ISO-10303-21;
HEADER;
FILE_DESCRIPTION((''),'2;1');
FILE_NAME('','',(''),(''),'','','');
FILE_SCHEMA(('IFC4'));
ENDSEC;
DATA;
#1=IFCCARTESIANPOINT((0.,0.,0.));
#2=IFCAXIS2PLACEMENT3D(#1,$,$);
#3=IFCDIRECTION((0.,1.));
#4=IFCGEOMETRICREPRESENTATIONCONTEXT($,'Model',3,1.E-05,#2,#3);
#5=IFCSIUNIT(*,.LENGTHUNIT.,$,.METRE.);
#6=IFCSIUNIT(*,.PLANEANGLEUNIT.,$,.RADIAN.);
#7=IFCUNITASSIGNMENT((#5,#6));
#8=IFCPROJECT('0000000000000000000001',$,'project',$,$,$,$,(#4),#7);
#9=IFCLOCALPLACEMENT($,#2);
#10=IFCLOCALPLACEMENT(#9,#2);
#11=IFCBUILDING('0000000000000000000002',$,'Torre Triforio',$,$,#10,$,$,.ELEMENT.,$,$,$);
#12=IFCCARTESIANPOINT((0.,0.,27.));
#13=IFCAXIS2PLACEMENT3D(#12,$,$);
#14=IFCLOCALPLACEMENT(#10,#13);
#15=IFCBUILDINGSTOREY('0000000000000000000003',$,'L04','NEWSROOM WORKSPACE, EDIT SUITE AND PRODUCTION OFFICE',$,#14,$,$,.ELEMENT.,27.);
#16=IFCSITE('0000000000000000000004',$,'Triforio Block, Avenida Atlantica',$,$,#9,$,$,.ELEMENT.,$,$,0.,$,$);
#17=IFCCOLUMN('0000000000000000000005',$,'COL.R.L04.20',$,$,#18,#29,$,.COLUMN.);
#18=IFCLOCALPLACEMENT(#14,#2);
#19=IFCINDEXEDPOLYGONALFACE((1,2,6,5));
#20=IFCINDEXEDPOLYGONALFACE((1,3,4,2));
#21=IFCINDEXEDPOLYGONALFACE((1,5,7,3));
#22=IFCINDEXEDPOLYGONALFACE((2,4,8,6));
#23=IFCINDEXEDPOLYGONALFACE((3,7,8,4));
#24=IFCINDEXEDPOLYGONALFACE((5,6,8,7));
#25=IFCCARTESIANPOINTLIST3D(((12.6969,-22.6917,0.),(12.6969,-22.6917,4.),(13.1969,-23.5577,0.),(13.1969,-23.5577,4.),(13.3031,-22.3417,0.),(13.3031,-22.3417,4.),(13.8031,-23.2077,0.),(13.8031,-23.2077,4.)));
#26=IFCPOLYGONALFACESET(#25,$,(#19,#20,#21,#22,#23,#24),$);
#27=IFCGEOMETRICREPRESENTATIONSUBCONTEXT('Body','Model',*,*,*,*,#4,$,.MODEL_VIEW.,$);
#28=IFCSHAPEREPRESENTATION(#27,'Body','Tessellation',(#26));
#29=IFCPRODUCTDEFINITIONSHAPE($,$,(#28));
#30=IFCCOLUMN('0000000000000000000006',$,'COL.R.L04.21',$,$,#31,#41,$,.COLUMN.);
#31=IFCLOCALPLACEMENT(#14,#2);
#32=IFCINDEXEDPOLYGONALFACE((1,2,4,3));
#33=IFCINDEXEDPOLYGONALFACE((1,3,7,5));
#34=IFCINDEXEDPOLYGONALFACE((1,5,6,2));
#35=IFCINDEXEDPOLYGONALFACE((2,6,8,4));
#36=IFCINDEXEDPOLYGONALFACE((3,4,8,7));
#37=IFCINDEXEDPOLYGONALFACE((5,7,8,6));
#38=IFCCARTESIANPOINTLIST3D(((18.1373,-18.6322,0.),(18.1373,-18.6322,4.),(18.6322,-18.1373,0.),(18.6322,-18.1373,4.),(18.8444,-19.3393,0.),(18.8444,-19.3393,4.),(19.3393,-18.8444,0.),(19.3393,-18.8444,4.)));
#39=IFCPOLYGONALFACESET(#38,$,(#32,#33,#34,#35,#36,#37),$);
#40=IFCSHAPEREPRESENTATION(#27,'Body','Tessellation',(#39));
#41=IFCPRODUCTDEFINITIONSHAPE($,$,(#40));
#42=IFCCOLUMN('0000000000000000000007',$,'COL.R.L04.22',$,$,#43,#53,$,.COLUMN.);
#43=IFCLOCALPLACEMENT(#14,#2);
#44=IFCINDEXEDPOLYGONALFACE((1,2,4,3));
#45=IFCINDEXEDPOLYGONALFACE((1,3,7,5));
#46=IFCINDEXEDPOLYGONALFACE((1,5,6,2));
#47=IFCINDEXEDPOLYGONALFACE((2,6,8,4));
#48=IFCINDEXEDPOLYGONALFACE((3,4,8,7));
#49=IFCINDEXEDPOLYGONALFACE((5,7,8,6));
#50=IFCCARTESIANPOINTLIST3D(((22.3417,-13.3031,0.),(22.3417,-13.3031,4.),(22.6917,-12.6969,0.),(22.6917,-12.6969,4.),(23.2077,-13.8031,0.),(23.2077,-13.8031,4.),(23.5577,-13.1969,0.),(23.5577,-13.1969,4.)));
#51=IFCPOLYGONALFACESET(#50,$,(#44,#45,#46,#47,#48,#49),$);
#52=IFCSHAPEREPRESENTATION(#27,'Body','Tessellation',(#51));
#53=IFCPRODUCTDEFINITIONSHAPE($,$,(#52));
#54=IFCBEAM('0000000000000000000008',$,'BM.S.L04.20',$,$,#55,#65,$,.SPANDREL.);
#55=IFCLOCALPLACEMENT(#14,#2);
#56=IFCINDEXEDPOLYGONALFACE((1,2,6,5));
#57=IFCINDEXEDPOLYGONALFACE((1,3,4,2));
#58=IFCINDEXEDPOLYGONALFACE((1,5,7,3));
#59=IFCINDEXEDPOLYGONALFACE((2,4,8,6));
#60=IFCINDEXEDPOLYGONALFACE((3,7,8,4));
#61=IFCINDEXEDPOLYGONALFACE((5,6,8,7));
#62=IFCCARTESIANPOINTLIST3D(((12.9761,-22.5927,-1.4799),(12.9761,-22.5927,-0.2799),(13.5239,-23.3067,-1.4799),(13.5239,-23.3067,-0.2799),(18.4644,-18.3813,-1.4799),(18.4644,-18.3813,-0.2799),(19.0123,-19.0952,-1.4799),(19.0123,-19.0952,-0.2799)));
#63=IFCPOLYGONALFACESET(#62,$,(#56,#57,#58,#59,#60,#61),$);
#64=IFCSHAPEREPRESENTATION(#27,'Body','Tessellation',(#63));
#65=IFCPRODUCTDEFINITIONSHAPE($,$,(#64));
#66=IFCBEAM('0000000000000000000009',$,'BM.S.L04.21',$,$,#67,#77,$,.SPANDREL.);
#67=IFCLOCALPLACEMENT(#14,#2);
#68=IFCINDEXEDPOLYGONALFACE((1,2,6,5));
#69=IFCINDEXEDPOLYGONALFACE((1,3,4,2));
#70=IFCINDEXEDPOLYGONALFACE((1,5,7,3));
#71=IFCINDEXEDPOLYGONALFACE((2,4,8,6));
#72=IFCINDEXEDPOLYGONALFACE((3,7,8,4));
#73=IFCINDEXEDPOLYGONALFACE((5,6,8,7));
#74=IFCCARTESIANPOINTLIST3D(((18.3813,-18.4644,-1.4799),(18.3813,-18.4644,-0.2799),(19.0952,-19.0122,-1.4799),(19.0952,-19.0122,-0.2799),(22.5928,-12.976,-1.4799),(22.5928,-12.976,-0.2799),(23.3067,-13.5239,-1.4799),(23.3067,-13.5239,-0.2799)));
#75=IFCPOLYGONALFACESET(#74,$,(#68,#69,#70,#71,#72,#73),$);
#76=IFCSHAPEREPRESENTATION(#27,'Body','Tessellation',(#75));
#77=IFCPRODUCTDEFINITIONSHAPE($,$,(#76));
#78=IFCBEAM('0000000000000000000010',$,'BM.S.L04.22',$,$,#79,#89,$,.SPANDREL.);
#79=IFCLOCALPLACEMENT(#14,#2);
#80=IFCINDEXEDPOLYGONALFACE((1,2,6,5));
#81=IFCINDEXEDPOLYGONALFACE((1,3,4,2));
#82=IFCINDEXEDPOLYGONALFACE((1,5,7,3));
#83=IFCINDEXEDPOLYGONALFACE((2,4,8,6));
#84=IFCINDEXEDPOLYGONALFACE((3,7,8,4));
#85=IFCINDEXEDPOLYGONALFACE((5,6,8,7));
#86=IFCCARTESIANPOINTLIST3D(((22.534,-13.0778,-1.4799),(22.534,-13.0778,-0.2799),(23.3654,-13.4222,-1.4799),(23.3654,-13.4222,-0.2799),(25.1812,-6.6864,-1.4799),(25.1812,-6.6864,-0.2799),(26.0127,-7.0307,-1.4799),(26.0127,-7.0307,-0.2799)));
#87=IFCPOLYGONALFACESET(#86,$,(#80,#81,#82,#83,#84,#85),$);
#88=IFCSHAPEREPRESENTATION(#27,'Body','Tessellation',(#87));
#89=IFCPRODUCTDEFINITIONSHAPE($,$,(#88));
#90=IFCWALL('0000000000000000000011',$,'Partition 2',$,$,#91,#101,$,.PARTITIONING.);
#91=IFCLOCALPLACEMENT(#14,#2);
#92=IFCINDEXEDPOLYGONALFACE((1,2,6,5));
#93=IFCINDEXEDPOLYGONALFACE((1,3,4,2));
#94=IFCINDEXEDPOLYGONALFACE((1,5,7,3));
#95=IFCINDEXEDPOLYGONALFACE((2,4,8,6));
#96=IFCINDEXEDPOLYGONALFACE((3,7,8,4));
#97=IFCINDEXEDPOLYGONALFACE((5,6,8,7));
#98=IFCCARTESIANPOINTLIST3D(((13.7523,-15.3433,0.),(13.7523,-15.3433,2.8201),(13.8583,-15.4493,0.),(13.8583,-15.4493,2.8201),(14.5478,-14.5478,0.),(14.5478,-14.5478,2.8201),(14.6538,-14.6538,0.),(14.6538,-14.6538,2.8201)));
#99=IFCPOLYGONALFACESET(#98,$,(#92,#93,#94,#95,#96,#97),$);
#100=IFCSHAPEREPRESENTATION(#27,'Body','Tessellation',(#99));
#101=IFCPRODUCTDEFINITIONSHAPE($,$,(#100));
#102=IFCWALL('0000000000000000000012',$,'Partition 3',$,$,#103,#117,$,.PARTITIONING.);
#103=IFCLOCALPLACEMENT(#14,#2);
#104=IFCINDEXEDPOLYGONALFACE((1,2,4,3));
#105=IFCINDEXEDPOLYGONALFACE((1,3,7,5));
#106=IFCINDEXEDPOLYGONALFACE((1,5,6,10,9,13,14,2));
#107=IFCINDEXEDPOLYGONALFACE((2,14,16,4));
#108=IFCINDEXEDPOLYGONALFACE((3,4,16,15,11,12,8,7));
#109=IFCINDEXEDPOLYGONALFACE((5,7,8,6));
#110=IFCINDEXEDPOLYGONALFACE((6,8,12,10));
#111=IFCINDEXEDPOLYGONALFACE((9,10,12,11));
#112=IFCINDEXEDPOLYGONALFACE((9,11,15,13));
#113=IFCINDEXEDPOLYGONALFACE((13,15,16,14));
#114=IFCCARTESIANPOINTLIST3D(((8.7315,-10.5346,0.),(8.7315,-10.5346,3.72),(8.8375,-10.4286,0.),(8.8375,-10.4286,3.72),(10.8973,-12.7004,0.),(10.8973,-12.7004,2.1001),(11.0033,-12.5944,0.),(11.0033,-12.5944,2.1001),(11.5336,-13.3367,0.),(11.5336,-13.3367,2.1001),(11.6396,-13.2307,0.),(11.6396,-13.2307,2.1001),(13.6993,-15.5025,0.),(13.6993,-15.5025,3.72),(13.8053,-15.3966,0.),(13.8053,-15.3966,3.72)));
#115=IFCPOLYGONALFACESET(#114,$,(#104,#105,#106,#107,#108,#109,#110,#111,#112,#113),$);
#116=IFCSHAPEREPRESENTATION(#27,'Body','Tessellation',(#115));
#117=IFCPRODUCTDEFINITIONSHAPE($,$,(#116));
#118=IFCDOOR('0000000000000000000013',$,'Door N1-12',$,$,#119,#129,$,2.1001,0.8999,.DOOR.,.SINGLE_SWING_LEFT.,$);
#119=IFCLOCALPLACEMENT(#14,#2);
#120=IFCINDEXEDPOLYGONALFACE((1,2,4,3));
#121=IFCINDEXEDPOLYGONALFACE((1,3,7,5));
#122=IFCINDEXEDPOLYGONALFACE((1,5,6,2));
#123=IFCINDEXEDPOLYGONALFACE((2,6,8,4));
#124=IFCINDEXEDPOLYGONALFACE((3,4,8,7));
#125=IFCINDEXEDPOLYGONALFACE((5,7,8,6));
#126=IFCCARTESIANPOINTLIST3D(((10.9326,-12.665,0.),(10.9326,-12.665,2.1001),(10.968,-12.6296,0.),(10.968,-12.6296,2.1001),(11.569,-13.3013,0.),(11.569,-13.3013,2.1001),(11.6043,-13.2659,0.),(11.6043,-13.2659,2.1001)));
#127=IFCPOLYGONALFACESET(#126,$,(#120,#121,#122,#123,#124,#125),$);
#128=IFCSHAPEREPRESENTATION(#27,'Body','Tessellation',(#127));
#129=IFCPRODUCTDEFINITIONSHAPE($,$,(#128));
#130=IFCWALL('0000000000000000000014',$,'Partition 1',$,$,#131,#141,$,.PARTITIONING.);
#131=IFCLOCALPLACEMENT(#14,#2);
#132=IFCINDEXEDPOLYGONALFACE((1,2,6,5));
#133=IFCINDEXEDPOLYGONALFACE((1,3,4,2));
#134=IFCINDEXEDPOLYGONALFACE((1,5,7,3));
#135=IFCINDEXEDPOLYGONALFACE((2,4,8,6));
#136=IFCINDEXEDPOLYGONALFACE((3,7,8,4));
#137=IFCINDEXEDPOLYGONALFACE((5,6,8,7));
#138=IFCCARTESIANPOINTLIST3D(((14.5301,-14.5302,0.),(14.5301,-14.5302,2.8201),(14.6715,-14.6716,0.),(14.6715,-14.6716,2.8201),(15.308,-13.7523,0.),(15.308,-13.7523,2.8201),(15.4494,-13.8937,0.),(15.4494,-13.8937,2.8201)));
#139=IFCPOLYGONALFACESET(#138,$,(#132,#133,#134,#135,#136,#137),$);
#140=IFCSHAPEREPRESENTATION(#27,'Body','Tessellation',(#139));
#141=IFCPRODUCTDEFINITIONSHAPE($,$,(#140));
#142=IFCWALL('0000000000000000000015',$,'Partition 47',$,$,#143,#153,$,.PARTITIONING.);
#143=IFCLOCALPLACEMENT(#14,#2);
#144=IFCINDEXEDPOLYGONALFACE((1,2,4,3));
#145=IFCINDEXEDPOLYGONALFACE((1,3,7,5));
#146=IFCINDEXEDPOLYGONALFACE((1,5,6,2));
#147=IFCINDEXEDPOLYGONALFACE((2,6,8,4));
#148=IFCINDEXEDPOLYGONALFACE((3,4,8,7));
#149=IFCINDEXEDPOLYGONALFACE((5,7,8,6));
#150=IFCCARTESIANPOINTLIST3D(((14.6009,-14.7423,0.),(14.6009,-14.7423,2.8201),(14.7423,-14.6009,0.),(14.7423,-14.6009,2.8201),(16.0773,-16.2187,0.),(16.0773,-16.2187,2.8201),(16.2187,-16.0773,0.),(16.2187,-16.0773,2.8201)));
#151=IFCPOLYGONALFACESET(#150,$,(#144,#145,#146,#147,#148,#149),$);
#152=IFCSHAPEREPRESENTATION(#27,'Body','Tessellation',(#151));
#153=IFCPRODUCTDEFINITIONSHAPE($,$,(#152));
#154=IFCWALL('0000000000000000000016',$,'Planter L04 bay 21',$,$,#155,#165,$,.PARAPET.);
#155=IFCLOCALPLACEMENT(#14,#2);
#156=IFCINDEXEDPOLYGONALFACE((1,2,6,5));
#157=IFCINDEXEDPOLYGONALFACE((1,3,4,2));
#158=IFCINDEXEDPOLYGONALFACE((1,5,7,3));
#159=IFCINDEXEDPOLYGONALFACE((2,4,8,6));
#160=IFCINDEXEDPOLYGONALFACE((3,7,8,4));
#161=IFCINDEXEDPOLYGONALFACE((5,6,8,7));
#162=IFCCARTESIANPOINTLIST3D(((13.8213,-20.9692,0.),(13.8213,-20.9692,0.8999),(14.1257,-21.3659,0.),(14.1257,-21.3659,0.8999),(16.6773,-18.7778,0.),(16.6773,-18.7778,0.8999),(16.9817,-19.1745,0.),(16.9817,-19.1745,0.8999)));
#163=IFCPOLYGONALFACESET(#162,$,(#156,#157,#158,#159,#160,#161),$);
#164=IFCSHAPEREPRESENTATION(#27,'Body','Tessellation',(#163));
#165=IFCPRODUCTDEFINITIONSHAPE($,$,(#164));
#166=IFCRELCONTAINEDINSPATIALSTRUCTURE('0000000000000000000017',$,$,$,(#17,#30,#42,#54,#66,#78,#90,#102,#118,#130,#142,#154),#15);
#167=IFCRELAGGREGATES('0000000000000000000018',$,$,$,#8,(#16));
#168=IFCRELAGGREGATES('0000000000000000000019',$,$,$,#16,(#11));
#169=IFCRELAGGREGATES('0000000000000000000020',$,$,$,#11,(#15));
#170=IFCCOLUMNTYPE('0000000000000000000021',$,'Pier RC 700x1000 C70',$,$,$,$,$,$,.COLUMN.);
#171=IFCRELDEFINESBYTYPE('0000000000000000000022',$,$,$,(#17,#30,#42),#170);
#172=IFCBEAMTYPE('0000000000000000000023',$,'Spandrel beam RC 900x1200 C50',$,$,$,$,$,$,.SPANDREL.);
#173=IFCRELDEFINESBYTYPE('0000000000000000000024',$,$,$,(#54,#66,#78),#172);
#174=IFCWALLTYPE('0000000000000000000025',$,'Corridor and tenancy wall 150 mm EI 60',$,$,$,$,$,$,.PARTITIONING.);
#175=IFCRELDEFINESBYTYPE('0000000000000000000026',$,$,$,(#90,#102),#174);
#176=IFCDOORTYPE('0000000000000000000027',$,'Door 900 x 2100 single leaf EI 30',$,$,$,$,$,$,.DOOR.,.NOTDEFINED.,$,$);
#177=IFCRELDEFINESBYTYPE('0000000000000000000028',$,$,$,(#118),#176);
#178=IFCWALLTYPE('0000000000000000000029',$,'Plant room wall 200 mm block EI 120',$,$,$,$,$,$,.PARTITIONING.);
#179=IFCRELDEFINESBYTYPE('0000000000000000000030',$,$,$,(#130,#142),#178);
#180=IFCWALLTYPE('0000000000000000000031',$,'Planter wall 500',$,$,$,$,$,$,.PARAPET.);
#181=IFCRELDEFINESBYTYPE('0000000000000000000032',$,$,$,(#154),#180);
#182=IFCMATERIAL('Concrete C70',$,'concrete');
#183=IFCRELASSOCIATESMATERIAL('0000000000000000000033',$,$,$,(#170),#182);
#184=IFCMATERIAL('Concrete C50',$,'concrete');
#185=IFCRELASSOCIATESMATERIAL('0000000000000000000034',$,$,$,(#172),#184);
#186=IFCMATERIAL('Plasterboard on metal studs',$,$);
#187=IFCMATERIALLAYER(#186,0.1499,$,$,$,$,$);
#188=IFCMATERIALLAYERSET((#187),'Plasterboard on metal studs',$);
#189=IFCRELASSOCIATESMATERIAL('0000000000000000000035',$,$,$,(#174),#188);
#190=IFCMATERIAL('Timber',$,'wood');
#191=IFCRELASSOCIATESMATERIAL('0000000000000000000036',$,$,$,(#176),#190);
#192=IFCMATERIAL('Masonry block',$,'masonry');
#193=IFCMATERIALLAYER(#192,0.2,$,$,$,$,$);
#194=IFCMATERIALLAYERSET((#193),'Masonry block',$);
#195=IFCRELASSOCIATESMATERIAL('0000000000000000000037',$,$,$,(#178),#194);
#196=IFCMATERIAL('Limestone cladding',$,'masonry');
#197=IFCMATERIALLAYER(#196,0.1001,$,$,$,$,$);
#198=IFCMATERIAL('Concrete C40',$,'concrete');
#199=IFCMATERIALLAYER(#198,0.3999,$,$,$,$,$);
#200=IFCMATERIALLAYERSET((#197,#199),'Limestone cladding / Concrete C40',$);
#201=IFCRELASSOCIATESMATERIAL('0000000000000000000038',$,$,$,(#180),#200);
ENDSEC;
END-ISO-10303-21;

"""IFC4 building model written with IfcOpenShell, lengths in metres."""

from ifc_helpers import new_model, si_unit, direction, frame, frame_2d, origin, origin_2d, place, context, subcontext, project, spatial, rectangle, extrude, material, layer, layer_set, material_profile, profile_set, type_object, element, fill, save


model = new_model("IFC4")

# Units and contexts
model_context = context("Model", 3, precision=1e-05, world=origin(), true_north=direction((0.0, 1.0)))
body_context = subcontext(model_context, "Body", "Model", "MODEL_VIEW")
ifc_project = project(units=[si_unit("LENGTHUNIT", "METRE"), si_unit("PLANEANGLEUNIT", "RADIAN")], contexts=[model_context])

# Site, building, storey
site_placement = place(None, origin())
site = spatial("IfcSite", under=ifc_project, at=site_placement, Name="Triforio Block, Avenida Atlantica", CompositionType="ELEMENT", RefElevation=0.0)
building_placement = place(site_placement, origin())
building = spatial("IfcBuilding", under=site, at=building_placement, Name="Torre Triforio", CompositionType="ELEMENT")
storey_placement = place(building_placement, frame((0.0, 0.0, 27.0)))
storey = spatial("IfcBuildingStorey", under=building, at=storey_placement, Name="L04", Description="NEWSROOM WORKSPACE, EDIT SUITE AND PRODUCTION OFFICE", CompositionType="ELEMENT", Elevation=27.0)

# Columns
ifc_material_1 = material(Name="Concrete C70", Category="concrete")
ifc_material_profile_1 = material_profile(ifc_material_1, rectangle(XDim=0.7, YDim=1.0, at=origin_2d()), Name="RC 700x1000")
ifc_profile_set_1 = profile_set([ifc_material_profile_1], Name="Concrete C70")
column_type = type_object("IfcColumnType", Name="Pier RC 700x1000 C70", PredefinedType="COLUMN", material=ifc_profile_set_1)
for number, where, z_axis, x_axis, name in (
    (1, (13.25, -22.9497, 0.0), (0.0, 0.0, 1.0), (0.866025, 0.5, 0.0), "COL.R.L04.20"),
    (2, (18.7383, -18.7383, 0.0), (0.0, 0.0, 1.0), (0.707107, 0.707107, 0.0), "COL.R.L04.21"),
    (3, (22.9497, -13.25, 0.0), (0.0, 0.0, 1.0), (0.5, 0.866025, 0.0), "COL.R.L04.22"),
):
    element("IfcColumn", number, at=place(storey_placement, frame(where, z_axis=z_axis, x_axis=x_axis)), inside=storey, type_object=column_type, Name=name, PredefinedType="COLUMN", context=body_context, shape_type="SweptSolid", body=[
        extrude(rectangle(XDim=0.7, YDim=1.0, at=origin_2d()), origin(), (0.0, 0.0, 1.0), 4.0),
    ])

# Beams
ifc_material_2 = material(Name="Concrete C50", Category="concrete")
ifc_material_profile_2 = material_profile(ifc_material_2, rectangle(XDim=0.8999, YDim=1.2, at=origin_2d()), Name="RC 900x1200")
ifc_profile_set_2 = profile_set([ifc_material_profile_2], Name="Concrete C50")
beam_type = type_object("IfcBeamType", Name="Spandrel beam RC 900x1200 C50", PredefinedType="SPANDREL", material=ifc_profile_set_2)
for number, where, z_axis, x_axis, name in (
    (4, (13.25, -22.9497, -0.8799), (0.793345, 0.608772, 0.0), (-0.608772, 0.793345, 0.0), "BM.S.L04.20"),
    (5, (18.7383, -18.7383, -0.8799), (0.608772, 0.793345, 0.0), (-0.793345, 0.608772, 0.0), "BM.S.L04.21"),
    (6, (22.9497, -13.25, -0.8799), (0.382662, 0.923888, 0.0), (-0.923888, 0.382662, 0.0), "BM.S.L04.22"),
):
    element("IfcBeam", number, at=place(storey_placement, frame(where, z_axis=z_axis, x_axis=x_axis)), inside=storey, type_object=beam_type, Name=name, PredefinedType="SPANDREL", context=body_context, shape_type="SweptSolid", body=[
        extrude(rectangle(XDim=0.8999, YDim=1.2, at=origin_2d()), origin(), (0.0, 0.0, 1.0), 6.918),
    ])

# Wall
ifc_material_3 = material(Name="Plasterboard on metal studs")
ifc_layer_1 = layer(ifc_material_3, 0.1499)
ifc_layer_set_1 = layer_set([ifc_layer_1], Name="Plasterboard on metal studs")
wall_type_1 = type_object("IfcWallType", Name="Corridor and tenancy wall 150 mm EI 60", PredefinedType="PARTITIONING", material=ifc_layer_set_1)
wall_1_placement = place(storey_placement, frame((14.6008, -14.6008, 0.0), z_axis=(0.0, 0.0, 1.0), x_axis=(-0.707107, -0.707107, 0.0)))
element("IfcWall", 7, at=wall_1_placement, inside=storey, type_object=wall_type_1, Name="Partition 2", PredefinedType="PARTITIONING", context=body_context, shape_type="SweptSolid", body=[
    extrude(rectangle(XDim=1.125, YDim=0.1499, at=frame_2d((0.5625, 0.0))), origin(), (0.0, 0.0, 1.0), 2.8201),
])

# Wall, opening, door
wall_2_placement = place(storey_placement, frame((13.7522, -15.4495, 0.0), z_axis=(0.0, 0.0, 1.0), x_axis=(-0.707089, 0.707124, 0.0)))
wall_2 = element("IfcWall", 8, at=wall_2_placement, inside=storey, type_object=wall_type_1, Name="Partition 3", PredefinedType="PARTITIONING", context=body_context, shape_type="SweptSolid", body=[
    extrude(rectangle(XDim=7.0256, YDim=0.1499, at=frame_2d((3.5127, 0.0))), origin(), (0.0, 0.0, 1.0), 3.72),
])
opening_1_placement = place(wall_2_placement, frame((3.0627, 0.0, 0.0)))
opening_1 = element("IfcOpeningElement", 9, at=opening_1_placement, cuts=wall_2, PredefinedType="OPENING", context=body_context, shape_type="SweptSolid", body=[
    extrude(rectangle(XDim=0.8999, YDim=2.1001, at=frame_2d((0.45, 1.05))), frame((0.0, 0.085, 0.0), z_axis=(0.0, -1.0, 0.0), x_axis=(1.0, 0.0, 0.0)), (0.0, 0.0, 1.0), 0.1699),
])
ifc_material_4 = material(Name="Timber", Category="wood")
door_type_1 = type_object("IfcDoorType", Name="Door 900 x 2100 single leaf EI 30", OperationType="NOTDEFINED", PredefinedType="DOOR", material=ifc_material_4)
door_1_placement = place(opening_1_placement, origin())
door_1 = element("IfcDoor", 10, at=door_1_placement, inside=storey, type_object=door_type_1, Name="Door N1-12", OperationType="SINGLE_SWING_LEFT", OverallHeight=2.1001, OverallWidth=0.8999, PredefinedType="DOOR", context=body_context, shape_type="SweptSolid", body=[
    extrude(rectangle(XDim=0.8999, YDim=2.1001, at=frame_2d((0.45, 1.05))), frame((0.0, 0.0249, 0.0), z_axis=(0.0, -1.0, 0.0), x_axis=(1.0, 0.0, 0.0)), (0.0, 0.0, 1.0), 0.05),
])
fill(opening_1, door_1)

# Walls
ifc_material_5 = material(Name="Masonry block", Category="masonry")
ifc_layer_2 = layer(ifc_material_5, 0.2)
ifc_layer_set_2 = layer_set([ifc_layer_2], Name="Masonry block")
wall_type_2 = type_object("IfcWallType", Name="Plant room wall 200 mm block EI 120", PredefinedType="PARTITIONING", material=ifc_layer_set_2)
wall_3_placement = place(storey_placement, frame((15.3787, -13.823, 0.0), z_axis=(0.0, 0.0, 1.0), x_axis=(-0.707107, -0.707107, 0.0)))
element("IfcWall", 11, at=wall_3_placement, inside=storey, type_object=wall_type_2, Name="Partition 1", PredefinedType="PARTITIONING", context=body_context, shape_type="SweptSolid", body=[
    extrude(rectangle(XDim=1.1001, YDim=0.2, at=frame_2d((0.55, 0.0))), origin(), (0.0, 0.0, 1.0), 2.8201),
])
wall_4_placement = place(storey_placement, frame((14.6716, -14.6716, 0.0), z_axis=(0.0, 0.0, 1.0), x_axis=(0.707107, -0.707107, 0.0)))
element("IfcWall", 12, at=wall_4_placement, inside=storey, type_object=wall_type_2, Name="Partition 47", PredefinedType="PARTITIONING", context=body_context, shape_type="SweptSolid", body=[
    extrude(rectangle(XDim=2.0879, YDim=0.2, at=frame_2d((1.0439, 0.0))), origin(), (0.0, 0.0, 1.0), 2.8201),
])
ifc_material_6 = material(Name="Limestone cladding", Category="masonry")
ifc_layer_3 = layer(ifc_material_6, 0.1001)
ifc_material_7 = material(Name="Concrete C40", Category="concrete")
ifc_layer_4 = layer(ifc_material_7, 0.3999)
ifc_layer_set_3 = layer_set([ifc_layer_3, ifc_layer_4], Name="Limestone cladding / Concrete C40")
wall_type_3 = type_object("IfcWallType", Name="Planter wall 500", PredefinedType="PARAPET", material=ifc_layer_set_3)
wall_5_placement = place(storey_placement, frame((13.9736, -21.1675, 0.0), z_axis=(0.0, 0.0, 1.0), x_axis=(0.79336, 0.608753, 0.0)))
element("IfcWall", 13, at=wall_5_placement, inside=storey, type_object=wall_type_3, Name="Planter L04 bay 21", PredefinedType="PARAPET", context=body_context, shape_type="SweptSolid", body=[
    extrude(rectangle(XDim=3.5999, YDim=0.5, at=frame_2d((1.7998, 0.0))), origin(), (0.0, 0.0, 1.0), 0.8999),
])

save(model, "model.ifc")
